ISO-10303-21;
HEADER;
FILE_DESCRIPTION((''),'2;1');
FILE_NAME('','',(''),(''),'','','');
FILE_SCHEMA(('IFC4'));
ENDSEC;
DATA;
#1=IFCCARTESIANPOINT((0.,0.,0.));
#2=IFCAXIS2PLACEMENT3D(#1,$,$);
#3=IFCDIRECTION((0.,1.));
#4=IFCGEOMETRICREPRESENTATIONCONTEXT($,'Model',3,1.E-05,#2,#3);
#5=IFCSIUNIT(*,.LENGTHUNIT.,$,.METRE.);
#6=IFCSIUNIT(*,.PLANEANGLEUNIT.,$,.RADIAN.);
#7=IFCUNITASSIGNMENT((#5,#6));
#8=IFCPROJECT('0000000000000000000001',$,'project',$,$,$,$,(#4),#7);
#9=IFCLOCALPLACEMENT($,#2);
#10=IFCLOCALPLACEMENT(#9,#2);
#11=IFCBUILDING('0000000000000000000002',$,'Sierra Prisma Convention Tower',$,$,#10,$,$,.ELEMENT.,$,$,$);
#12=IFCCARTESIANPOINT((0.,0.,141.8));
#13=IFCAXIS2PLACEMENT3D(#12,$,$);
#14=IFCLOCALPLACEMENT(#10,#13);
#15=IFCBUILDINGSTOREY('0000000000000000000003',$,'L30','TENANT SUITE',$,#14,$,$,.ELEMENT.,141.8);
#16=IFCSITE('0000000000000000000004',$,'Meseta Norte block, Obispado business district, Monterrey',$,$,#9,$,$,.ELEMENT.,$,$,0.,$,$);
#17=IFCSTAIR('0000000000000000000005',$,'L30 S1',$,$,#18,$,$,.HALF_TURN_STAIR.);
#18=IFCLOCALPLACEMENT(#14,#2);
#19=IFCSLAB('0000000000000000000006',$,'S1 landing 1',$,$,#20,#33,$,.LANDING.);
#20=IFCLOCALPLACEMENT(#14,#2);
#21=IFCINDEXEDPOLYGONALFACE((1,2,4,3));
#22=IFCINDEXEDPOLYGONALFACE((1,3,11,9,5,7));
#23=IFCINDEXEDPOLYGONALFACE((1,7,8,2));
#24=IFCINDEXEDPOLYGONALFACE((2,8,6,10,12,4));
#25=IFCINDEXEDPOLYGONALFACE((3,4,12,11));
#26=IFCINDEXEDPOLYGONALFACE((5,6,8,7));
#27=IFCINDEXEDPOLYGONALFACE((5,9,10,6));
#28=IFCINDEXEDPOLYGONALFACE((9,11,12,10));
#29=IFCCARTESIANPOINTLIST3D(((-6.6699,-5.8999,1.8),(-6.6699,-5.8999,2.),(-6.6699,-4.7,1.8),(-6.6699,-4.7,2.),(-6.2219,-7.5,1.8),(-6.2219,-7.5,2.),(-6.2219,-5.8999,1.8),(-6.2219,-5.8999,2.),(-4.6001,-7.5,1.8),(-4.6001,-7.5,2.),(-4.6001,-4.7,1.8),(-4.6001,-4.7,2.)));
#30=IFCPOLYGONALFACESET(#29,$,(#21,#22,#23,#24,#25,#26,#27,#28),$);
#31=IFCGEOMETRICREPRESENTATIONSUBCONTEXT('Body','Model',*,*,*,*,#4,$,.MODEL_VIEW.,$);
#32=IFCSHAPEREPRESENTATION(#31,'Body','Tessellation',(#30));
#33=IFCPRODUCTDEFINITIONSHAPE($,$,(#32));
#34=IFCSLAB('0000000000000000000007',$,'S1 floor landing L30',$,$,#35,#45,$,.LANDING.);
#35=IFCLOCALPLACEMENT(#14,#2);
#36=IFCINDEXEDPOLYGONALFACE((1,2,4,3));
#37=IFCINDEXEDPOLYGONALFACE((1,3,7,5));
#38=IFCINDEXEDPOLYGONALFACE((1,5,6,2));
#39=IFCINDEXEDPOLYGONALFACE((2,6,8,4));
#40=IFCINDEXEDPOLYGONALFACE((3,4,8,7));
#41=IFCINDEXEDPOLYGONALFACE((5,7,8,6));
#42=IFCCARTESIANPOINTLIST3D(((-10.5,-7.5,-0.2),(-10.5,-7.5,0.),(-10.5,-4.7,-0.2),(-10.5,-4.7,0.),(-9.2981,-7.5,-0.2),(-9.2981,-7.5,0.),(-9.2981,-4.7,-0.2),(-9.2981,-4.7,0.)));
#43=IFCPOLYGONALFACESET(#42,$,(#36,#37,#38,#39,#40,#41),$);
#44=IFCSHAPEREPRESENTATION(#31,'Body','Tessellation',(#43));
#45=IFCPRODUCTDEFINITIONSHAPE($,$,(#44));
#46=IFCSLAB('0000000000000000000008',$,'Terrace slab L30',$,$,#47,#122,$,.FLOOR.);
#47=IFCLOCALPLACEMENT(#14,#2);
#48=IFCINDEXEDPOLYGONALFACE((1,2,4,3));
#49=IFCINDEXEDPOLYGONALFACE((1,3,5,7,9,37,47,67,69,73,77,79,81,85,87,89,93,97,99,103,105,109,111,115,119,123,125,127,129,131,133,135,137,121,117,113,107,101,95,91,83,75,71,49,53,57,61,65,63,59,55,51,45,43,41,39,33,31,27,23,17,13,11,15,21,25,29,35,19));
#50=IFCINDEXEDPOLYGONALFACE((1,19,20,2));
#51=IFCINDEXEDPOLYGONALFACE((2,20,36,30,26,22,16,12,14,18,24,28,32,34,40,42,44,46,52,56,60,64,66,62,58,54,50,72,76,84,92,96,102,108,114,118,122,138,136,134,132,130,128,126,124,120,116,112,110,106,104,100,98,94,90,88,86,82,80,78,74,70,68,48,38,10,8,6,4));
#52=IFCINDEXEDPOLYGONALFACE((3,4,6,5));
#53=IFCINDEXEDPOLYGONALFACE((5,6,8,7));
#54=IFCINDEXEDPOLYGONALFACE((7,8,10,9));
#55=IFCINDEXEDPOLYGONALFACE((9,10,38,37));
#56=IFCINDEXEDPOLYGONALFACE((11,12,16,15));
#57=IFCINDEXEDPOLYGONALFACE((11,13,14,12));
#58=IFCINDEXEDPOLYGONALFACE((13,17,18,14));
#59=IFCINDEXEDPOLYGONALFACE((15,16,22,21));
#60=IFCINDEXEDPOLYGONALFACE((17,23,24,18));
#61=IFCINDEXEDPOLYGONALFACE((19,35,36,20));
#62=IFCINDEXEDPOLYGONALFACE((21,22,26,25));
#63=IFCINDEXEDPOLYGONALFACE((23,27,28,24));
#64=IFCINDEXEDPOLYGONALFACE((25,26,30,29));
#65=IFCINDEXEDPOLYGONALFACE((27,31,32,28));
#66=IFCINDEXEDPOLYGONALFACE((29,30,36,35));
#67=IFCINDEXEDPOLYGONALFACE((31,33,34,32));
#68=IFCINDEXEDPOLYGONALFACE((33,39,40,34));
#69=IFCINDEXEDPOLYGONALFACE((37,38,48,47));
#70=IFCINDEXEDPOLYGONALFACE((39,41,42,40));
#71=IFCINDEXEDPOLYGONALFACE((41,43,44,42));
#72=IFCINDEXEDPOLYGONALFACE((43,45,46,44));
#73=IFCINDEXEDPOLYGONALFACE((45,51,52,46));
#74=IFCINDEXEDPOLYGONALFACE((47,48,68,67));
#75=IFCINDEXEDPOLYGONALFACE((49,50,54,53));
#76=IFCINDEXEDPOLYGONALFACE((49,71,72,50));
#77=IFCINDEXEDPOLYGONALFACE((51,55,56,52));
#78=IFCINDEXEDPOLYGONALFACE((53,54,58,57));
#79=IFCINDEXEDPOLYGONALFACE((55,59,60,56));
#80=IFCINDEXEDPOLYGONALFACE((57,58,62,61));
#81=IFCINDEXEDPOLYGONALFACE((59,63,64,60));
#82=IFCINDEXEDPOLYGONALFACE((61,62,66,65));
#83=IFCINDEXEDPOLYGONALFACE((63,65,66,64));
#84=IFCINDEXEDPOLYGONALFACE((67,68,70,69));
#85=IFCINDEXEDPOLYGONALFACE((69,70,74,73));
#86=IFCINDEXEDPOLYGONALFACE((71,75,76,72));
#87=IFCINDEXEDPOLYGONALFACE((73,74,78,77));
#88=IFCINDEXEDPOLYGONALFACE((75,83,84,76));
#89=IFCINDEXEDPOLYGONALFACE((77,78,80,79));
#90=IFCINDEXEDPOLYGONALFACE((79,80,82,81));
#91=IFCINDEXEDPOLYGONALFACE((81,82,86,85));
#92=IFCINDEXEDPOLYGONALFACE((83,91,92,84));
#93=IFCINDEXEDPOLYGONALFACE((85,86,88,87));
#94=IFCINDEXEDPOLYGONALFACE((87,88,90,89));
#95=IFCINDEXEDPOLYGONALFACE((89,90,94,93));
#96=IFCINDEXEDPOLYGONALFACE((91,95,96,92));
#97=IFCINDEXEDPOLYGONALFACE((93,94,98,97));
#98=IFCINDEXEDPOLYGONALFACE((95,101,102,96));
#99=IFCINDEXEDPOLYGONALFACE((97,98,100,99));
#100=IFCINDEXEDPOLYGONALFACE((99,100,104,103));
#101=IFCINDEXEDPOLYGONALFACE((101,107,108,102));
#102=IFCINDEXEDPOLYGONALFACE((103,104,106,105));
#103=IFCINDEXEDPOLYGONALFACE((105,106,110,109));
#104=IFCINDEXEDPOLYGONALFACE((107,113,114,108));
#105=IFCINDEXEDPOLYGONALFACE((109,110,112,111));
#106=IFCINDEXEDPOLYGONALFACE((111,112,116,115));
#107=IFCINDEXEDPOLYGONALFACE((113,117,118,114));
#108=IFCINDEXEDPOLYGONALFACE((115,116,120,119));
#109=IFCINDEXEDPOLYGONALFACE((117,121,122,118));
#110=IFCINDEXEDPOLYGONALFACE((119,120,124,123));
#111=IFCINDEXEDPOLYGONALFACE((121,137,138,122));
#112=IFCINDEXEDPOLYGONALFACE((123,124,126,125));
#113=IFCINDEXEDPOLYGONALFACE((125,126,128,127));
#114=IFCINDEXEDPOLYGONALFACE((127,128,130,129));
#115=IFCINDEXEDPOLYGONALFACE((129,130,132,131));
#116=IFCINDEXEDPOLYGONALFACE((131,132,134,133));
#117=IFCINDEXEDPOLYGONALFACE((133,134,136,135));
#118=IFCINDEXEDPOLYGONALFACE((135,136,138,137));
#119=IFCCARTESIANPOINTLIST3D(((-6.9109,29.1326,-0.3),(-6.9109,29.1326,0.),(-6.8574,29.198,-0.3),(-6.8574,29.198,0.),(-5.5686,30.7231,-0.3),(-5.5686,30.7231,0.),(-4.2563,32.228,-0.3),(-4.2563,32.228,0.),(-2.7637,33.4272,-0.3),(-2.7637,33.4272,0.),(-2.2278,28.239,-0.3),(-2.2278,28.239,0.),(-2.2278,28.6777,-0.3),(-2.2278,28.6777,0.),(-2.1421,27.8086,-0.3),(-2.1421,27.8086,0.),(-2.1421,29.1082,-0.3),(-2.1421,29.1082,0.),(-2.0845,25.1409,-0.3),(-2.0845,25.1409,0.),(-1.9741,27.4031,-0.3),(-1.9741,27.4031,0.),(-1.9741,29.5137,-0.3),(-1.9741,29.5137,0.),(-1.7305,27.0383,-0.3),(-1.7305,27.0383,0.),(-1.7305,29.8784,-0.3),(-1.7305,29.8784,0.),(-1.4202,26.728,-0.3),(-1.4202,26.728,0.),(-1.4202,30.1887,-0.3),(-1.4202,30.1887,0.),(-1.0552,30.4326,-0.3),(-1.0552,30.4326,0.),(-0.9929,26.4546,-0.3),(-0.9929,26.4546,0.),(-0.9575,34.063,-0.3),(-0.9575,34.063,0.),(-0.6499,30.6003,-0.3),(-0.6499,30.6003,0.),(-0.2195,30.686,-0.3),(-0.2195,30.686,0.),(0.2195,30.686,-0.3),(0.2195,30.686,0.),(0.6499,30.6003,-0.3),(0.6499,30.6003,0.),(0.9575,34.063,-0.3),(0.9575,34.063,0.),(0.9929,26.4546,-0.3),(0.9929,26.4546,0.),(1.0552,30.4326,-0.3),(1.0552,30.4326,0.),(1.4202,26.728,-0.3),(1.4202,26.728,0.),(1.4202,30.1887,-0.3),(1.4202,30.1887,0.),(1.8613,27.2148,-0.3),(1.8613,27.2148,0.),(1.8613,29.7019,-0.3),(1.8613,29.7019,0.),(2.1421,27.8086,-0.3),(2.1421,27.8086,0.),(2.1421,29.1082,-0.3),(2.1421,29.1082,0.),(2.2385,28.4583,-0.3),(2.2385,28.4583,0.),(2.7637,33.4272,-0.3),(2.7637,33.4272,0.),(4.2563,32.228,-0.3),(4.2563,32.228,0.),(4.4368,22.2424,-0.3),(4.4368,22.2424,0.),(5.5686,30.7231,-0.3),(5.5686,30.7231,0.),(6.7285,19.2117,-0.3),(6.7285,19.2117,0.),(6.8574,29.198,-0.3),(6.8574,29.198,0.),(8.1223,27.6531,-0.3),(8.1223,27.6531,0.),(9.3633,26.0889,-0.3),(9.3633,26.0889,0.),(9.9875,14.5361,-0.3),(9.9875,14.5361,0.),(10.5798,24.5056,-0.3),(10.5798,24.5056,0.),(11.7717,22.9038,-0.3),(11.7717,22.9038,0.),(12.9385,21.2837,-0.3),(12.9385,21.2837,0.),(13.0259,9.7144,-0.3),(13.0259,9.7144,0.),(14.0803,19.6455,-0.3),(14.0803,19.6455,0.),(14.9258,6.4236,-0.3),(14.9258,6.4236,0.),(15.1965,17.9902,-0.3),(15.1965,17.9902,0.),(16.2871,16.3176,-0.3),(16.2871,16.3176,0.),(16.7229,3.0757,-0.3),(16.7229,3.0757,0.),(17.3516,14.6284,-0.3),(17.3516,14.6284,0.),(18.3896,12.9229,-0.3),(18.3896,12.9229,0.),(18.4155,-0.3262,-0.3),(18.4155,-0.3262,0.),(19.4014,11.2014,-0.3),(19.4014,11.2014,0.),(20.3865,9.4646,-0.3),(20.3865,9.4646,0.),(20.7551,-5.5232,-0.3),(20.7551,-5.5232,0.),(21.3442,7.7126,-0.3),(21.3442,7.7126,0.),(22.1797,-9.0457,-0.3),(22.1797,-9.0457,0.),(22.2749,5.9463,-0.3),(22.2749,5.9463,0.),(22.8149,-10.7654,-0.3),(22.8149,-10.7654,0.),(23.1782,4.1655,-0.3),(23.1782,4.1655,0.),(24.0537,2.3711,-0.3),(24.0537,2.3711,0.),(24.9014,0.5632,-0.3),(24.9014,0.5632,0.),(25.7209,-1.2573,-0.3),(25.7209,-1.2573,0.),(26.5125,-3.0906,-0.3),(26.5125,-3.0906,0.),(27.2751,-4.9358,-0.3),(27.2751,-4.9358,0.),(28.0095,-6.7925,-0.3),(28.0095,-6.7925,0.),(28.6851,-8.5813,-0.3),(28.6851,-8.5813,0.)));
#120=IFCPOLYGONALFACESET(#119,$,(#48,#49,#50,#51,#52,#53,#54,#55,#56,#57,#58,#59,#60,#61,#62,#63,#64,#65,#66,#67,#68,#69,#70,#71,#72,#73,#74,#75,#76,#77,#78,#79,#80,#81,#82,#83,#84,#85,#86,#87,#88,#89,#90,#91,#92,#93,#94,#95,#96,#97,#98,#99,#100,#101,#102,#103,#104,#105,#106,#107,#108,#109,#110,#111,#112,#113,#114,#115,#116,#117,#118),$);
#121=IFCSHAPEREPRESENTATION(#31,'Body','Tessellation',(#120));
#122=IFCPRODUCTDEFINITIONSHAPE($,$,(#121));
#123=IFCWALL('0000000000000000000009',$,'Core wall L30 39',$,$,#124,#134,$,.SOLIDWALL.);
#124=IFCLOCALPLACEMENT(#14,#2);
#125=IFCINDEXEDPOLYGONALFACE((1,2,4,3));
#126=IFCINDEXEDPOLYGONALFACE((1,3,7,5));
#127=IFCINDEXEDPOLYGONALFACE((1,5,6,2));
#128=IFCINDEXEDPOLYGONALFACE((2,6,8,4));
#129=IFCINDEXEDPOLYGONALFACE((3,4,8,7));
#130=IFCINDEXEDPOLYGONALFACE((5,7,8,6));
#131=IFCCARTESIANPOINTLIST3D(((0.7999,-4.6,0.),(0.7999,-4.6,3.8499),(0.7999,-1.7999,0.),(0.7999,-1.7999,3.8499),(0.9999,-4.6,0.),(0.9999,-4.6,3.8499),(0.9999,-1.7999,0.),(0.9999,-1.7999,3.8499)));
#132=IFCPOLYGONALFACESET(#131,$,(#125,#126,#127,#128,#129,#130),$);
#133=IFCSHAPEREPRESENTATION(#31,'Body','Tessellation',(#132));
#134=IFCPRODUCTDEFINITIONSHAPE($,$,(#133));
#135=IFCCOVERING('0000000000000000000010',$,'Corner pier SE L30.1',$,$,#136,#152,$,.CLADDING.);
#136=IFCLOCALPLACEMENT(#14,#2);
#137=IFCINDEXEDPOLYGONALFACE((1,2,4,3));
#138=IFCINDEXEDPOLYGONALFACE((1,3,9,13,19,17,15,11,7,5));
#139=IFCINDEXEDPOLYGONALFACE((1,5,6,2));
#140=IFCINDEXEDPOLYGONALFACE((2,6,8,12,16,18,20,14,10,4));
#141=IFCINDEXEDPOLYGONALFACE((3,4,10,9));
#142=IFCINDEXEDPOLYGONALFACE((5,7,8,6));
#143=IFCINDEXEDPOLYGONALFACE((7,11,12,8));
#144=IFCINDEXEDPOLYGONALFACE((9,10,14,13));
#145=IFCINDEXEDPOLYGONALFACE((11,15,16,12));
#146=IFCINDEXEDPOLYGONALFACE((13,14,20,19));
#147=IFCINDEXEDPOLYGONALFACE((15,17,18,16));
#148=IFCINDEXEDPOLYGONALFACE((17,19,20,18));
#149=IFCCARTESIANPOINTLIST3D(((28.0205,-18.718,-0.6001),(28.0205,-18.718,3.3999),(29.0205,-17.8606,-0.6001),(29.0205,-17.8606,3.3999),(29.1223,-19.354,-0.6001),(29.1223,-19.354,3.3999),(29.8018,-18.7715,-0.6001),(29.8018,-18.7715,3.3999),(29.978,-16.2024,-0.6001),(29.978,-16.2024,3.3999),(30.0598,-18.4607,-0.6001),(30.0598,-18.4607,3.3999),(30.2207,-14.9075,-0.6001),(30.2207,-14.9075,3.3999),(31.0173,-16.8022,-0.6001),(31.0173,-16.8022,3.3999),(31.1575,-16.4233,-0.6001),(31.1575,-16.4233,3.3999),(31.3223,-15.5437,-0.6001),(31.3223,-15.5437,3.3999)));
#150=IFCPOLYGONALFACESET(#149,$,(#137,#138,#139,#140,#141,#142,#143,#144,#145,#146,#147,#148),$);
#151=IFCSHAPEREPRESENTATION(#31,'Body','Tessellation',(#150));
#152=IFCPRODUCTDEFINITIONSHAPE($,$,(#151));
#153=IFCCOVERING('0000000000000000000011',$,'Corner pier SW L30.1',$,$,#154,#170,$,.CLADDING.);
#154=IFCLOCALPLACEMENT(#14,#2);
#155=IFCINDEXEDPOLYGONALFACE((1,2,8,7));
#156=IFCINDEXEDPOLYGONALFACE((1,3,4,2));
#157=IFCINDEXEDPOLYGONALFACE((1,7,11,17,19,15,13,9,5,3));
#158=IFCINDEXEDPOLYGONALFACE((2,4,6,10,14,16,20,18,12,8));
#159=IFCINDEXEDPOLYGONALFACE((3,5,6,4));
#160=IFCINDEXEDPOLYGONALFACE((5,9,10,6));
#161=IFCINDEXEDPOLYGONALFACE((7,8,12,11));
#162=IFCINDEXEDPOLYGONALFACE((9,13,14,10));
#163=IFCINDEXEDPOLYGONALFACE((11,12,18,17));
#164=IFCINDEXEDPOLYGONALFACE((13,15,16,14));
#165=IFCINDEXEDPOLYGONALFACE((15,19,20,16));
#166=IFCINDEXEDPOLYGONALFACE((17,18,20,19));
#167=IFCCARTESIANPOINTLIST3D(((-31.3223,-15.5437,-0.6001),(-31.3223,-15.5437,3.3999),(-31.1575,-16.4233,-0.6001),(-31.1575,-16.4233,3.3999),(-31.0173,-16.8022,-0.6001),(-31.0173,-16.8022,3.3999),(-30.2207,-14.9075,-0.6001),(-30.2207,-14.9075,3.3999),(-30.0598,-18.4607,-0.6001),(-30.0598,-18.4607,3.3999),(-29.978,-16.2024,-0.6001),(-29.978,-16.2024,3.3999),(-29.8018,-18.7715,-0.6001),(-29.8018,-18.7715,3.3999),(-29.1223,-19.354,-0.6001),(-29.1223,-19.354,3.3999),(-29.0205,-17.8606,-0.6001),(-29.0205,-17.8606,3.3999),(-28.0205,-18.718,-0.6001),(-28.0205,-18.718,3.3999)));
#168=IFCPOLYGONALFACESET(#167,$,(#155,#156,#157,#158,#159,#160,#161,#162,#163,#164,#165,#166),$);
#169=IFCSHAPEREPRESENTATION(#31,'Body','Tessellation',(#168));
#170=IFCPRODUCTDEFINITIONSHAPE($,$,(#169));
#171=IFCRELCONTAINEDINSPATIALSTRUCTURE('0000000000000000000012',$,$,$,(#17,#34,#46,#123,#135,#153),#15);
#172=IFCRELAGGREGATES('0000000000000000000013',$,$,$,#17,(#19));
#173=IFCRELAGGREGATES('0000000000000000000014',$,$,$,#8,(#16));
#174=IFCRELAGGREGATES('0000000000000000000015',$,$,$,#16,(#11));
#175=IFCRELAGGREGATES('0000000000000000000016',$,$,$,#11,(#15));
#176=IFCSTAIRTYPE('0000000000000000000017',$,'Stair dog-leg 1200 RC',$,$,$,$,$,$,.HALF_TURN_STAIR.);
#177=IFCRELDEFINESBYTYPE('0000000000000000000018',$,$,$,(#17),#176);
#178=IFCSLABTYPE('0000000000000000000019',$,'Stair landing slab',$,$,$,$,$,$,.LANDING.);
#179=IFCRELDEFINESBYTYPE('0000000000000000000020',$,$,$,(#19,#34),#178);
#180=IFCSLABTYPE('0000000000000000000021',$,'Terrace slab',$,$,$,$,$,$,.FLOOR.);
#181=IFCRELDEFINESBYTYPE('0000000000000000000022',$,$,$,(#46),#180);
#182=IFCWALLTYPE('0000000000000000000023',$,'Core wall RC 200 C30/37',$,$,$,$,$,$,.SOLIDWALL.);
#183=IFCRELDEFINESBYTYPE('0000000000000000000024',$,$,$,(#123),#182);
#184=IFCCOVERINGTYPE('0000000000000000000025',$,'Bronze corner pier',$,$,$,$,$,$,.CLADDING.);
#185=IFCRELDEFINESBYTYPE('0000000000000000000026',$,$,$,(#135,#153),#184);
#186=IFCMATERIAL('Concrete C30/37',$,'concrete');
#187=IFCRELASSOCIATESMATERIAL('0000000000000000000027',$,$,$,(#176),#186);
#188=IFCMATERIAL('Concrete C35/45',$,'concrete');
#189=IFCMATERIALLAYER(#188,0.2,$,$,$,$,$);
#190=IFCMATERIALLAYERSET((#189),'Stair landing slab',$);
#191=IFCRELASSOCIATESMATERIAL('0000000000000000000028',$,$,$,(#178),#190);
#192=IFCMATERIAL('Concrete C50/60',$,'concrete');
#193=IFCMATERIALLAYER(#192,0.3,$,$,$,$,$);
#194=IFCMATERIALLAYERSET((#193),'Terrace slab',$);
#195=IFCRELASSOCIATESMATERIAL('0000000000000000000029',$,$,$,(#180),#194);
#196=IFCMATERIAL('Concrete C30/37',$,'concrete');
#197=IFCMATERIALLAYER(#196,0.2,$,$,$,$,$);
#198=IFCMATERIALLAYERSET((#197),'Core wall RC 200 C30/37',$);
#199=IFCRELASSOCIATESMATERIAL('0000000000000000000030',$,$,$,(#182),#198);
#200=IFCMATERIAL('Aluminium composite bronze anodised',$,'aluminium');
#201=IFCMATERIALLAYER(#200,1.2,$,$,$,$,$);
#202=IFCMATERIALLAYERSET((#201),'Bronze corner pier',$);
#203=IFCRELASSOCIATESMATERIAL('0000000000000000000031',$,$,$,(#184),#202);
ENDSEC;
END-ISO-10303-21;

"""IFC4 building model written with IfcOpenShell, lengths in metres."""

from ifc_helpers import new_model, si_unit, direction, frame, frame_2d, origin, place, context, subcontext, project, spatial, polyline, rectangle, outline, extrude, material, layer, layer_set, type_object, element, aggregate, save


model = new_model("IFC4")

# Units and contexts
model_context = context("Model", 3, precision=1e-05, world=origin(), true_north=direction((0.0, 1.0)))
body_context = subcontext(model_context, "Body", "Model", "MODEL_VIEW")
ifc_project = project(units=[si_unit("LENGTHUNIT", "METRE"), si_unit("PLANEANGLEUNIT", "RADIAN")], contexts=[model_context])

# Site, building, storey
site_placement = place(None, origin())
site = spatial("IfcSite", under=ifc_project, at=site_placement, Name="Meseta Norte block, Obispado business district, Monterrey", CompositionType="ELEMENT", RefElevation=0.0)
building_placement = place(site_placement, origin())
building = spatial("IfcBuilding", under=site, at=building_placement, Name="Sierra Prisma Convention Tower", CompositionType="ELEMENT")
storey_placement = place(building_placement, frame((0.0, 0.0, 141.8)))
storey = spatial("IfcBuildingStorey", under=building, at=storey_placement, Name="L30", Description="TENANT SUITE", CompositionType="ELEMENT", Elevation=141.8)

# Stair, slab
ifc_material_1 = material(Name="Concrete C30/37", Category="concrete")
stair_type = type_object("IfcStairType", Name="Stair dog-leg 1200 RC", PredefinedType="HALF_TURN_STAIR", material=ifc_material_1)
stair_placement = place(storey_placement, origin())
stair = element("IfcStair", 1, at=stair_placement, inside=storey, type_object=stair_type, Name="L30 S1", PredefinedType="HALF_TURN_STAIR")
ifc_material_2 = material(Name="Concrete C35/45", Category="concrete")
ifc_layer_1 = layer(ifc_material_2, 0.2)
ifc_layer_set_1 = layer_set([ifc_layer_1], Name="Stair landing slab")
slab_type_1 = type_object("IfcSlabType", Name="Stair landing slab", PredefinedType="LANDING", material=ifc_layer_set_1)
slab_1_placement = place(storey_placement, frame((0.0, 0.0, 1.8)))
slab_1 = element("IfcSlab", 2, at=slab_1_placement, type_object=slab_type_1, Name="S1 landing 1", PredefinedType="LANDING", context=body_context, shape_type="SweptSolid", body=[
    extrude(outline(polyline([(-4.6001, -4.7), (-4.6001, -7.5), (-6.2219, -7.5), (-6.2219, -5.8999), (-6.6699, -5.8999), (-6.6699, -4.7), (-4.6001, -4.7)])), origin(), (0.0, 0.0, 1.0), 0.2),
])
aggregate(stair, [slab_1])

# Slabs
slab_2_placement = place(storey_placement, frame((0.0, 0.0, -0.2)))
element("IfcSlab", 3, at=slab_2_placement, inside=storey, type_object=slab_type_1, Name="S1 floor landing L30", PredefinedType="LANDING", context=body_context, shape_type="SweptSolid", body=[
    extrude(outline(polyline([(-10.5, -7.5), (-9.2981, -7.5), (-9.2981, -4.7), (-10.5, -4.7), (-10.5, -7.5)])), origin(), (0.0, 0.0, 1.0), 0.2),
])
ifc_material_3 = material(Name="Concrete C50/60", Category="concrete")
ifc_layer_2 = layer(ifc_material_3, 0.3)
ifc_layer_set_2 = layer_set([ifc_layer_2], Name="Terrace slab")
slab_type_2 = type_object("IfcSlabType", Name="Terrace slab", PredefinedType="FLOOR", material=ifc_layer_set_2)
slab_3_placement = place(storey_placement, frame((0.0, 0.0, -0.3)))
element("IfcSlab", 4, at=slab_3_placement, inside=storey, type_object=slab_type_2, Name="Terrace slab L30", PredefinedType="FLOOR", context=body_context, shape_type="SweptSolid", body=[
    extrude(outline(polyline([(28.6851, -8.5813), (28.0095, -6.7925), (27.2751, -4.9358), (26.5125, -3.0906), (25.7209, -1.2573), (24.9014, 0.5632), (24.0537, 2.3711), (23.1782, 4.1655), (22.2749, 5.9463), (21.3442, 7.7126), (20.3865, 9.4646), (19.4014, 11.2014), (18.3896, 12.9229), (17.3516, 14.6284), (16.2871, 16.3176), (15.1965, 17.9902), (14.0803, 19.6455), (12.9385, 21.2837), (11.7717, 22.9038), (10.5798, 24.5056), (9.3633, 26.0889), (8.1223, 27.6531), (6.8574, 29.198), (5.5686, 30.7231), (4.2563, 32.228), (2.7637, 33.4272), (0.9575, 34.063), (-0.9575, 34.063), (-2.7637, 33.4272), (-4.2563, 32.228), (-5.5686, 30.7231), (-6.8574, 29.198), (-6.9109, 29.1326), (-2.0845, 25.1409), (-0.9929, 26.4546), (-1.4202, 26.728), (-1.7305, 27.0383), (-1.9741, 27.4031), (-2.1421, 27.8086), (-2.2278, 28.239), (-2.2278, 28.6777), (-2.1421, 29.1082), (-1.9741, 29.5137), (-1.7305, 29.8784), (-1.4202, 30.1887), (-1.0552, 30.4326), (-0.6499, 30.6003), (-0.2195, 30.686), (0.2195, 30.686), (0.6499, 30.6003), (1.0552, 30.4326), (1.4202, 30.1887), (1.8613, 29.7019), (2.1421, 29.1082), (2.2385, 28.4583), (2.1421, 27.8086), (1.8613, 27.2148), (1.4202, 26.728), (0.9929, 26.4546), (4.4368, 22.2424), (6.7285, 19.2117), (9.9875, 14.5361), (13.0259, 9.7144), (14.9258, 6.4236), (16.7229, 3.0757), (18.4155, -0.3262), (20.7551, -5.5232), (22.1797, -9.0457), (22.8149, -10.7654), (28.6851, -8.5813)])), origin(), (0.0, 0.0, 1.0), 0.3),
])

# Shared definitions
ifc_material_4 = material(Name="Concrete C30/37", Category="concrete")
ifc_layer_3 = layer(ifc_material_4, 0.2)
ifc_layer_set_3 = layer_set([ifc_layer_3], Name="Core wall RC 200 C30/37")
wall_type = type_object("IfcWallType", Name="Core wall RC 200 C30/37", PredefinedType="SOLIDWALL", material=ifc_layer_set_3)

# Wall
wall_1_placement = place(storey_placement, frame((0.8999, -1.8, 0.0), z_axis=(0.0, 0.0, 1.0), x_axis=(0.0, -1.0, 0.0)))
element("IfcWall", 5, at=wall_1_placement, inside=storey, type_object=wall_type, Name="Core wall L30 39", PredefinedType="SOLIDWALL", context=body_context, shape_type="SweptSolid", body=[
    extrude(rectangle(XDim=2.8, YDim=0.2, at=frame_2d((1.3999, 0.0))), origin(), (0.0, 0.0, 1.0), 3.8499),
])

# Coverings
ifc_material_5 = material(Name="Aluminium composite bronze anodised", Category="aluminium")
ifc_layer_4 = layer(ifc_material_5, 1.2)
ifc_layer_set_4 = layer_set([ifc_layer_4], Name="Bronze corner pier")
covering_type_1 = type_object("IfcCoveringType", Name="Bronze corner pier", PredefinedType="CLADDING", material=ifc_layer_set_4)
covering_1_placement = place(storey_placement, frame((0.0, 0.0, -0.6001)))
element("IfcCovering", 6, at=covering_1_placement, inside=storey, type_object=covering_type_1, Name="Corner pier SE L30.1", PredefinedType="CLADDING", context=body_context, shape_type="SweptSolid", body=[
    extrude(outline(polyline([(31.0173, -16.8022), (30.0598, -18.4607), (29.8018, -18.7715), (29.1223, -19.354), (28.0205, -18.718), (29.0205, -17.8606), (29.978, -16.2024), (30.2207, -14.9075), (31.3223, -15.5437), (31.1575, -16.4233), (31.0173, -16.8022)])), origin(), (0.0, 0.0, 1.0), 4.0),
])
covering_2_placement = place(storey_placement, frame((0.0, 0.0, -0.6001)))
element("IfcCovering", 7, at=covering_2_placement, inside=storey, type_object=covering_type_1, Name="Corner pier SW L30.1", PredefinedType="CLADDING", context=body_context, shape_type="SweptSolid", body=[
    extrude(outline(polyline([(-30.0598, -18.4607), (-31.0173, -16.8022), (-31.1575, -16.4233), (-31.3223, -15.5437), (-30.2207, -14.9075), (-29.978, -16.2024), (-29.0205, -17.8606), (-28.0205, -18.718), (-29.1223, -19.354), (-29.8018, -18.7715), (-30.0598, -18.4607)])), origin(), (0.0, 0.0, 1.0), 4.0),
])

save(model, "model.ifc")
